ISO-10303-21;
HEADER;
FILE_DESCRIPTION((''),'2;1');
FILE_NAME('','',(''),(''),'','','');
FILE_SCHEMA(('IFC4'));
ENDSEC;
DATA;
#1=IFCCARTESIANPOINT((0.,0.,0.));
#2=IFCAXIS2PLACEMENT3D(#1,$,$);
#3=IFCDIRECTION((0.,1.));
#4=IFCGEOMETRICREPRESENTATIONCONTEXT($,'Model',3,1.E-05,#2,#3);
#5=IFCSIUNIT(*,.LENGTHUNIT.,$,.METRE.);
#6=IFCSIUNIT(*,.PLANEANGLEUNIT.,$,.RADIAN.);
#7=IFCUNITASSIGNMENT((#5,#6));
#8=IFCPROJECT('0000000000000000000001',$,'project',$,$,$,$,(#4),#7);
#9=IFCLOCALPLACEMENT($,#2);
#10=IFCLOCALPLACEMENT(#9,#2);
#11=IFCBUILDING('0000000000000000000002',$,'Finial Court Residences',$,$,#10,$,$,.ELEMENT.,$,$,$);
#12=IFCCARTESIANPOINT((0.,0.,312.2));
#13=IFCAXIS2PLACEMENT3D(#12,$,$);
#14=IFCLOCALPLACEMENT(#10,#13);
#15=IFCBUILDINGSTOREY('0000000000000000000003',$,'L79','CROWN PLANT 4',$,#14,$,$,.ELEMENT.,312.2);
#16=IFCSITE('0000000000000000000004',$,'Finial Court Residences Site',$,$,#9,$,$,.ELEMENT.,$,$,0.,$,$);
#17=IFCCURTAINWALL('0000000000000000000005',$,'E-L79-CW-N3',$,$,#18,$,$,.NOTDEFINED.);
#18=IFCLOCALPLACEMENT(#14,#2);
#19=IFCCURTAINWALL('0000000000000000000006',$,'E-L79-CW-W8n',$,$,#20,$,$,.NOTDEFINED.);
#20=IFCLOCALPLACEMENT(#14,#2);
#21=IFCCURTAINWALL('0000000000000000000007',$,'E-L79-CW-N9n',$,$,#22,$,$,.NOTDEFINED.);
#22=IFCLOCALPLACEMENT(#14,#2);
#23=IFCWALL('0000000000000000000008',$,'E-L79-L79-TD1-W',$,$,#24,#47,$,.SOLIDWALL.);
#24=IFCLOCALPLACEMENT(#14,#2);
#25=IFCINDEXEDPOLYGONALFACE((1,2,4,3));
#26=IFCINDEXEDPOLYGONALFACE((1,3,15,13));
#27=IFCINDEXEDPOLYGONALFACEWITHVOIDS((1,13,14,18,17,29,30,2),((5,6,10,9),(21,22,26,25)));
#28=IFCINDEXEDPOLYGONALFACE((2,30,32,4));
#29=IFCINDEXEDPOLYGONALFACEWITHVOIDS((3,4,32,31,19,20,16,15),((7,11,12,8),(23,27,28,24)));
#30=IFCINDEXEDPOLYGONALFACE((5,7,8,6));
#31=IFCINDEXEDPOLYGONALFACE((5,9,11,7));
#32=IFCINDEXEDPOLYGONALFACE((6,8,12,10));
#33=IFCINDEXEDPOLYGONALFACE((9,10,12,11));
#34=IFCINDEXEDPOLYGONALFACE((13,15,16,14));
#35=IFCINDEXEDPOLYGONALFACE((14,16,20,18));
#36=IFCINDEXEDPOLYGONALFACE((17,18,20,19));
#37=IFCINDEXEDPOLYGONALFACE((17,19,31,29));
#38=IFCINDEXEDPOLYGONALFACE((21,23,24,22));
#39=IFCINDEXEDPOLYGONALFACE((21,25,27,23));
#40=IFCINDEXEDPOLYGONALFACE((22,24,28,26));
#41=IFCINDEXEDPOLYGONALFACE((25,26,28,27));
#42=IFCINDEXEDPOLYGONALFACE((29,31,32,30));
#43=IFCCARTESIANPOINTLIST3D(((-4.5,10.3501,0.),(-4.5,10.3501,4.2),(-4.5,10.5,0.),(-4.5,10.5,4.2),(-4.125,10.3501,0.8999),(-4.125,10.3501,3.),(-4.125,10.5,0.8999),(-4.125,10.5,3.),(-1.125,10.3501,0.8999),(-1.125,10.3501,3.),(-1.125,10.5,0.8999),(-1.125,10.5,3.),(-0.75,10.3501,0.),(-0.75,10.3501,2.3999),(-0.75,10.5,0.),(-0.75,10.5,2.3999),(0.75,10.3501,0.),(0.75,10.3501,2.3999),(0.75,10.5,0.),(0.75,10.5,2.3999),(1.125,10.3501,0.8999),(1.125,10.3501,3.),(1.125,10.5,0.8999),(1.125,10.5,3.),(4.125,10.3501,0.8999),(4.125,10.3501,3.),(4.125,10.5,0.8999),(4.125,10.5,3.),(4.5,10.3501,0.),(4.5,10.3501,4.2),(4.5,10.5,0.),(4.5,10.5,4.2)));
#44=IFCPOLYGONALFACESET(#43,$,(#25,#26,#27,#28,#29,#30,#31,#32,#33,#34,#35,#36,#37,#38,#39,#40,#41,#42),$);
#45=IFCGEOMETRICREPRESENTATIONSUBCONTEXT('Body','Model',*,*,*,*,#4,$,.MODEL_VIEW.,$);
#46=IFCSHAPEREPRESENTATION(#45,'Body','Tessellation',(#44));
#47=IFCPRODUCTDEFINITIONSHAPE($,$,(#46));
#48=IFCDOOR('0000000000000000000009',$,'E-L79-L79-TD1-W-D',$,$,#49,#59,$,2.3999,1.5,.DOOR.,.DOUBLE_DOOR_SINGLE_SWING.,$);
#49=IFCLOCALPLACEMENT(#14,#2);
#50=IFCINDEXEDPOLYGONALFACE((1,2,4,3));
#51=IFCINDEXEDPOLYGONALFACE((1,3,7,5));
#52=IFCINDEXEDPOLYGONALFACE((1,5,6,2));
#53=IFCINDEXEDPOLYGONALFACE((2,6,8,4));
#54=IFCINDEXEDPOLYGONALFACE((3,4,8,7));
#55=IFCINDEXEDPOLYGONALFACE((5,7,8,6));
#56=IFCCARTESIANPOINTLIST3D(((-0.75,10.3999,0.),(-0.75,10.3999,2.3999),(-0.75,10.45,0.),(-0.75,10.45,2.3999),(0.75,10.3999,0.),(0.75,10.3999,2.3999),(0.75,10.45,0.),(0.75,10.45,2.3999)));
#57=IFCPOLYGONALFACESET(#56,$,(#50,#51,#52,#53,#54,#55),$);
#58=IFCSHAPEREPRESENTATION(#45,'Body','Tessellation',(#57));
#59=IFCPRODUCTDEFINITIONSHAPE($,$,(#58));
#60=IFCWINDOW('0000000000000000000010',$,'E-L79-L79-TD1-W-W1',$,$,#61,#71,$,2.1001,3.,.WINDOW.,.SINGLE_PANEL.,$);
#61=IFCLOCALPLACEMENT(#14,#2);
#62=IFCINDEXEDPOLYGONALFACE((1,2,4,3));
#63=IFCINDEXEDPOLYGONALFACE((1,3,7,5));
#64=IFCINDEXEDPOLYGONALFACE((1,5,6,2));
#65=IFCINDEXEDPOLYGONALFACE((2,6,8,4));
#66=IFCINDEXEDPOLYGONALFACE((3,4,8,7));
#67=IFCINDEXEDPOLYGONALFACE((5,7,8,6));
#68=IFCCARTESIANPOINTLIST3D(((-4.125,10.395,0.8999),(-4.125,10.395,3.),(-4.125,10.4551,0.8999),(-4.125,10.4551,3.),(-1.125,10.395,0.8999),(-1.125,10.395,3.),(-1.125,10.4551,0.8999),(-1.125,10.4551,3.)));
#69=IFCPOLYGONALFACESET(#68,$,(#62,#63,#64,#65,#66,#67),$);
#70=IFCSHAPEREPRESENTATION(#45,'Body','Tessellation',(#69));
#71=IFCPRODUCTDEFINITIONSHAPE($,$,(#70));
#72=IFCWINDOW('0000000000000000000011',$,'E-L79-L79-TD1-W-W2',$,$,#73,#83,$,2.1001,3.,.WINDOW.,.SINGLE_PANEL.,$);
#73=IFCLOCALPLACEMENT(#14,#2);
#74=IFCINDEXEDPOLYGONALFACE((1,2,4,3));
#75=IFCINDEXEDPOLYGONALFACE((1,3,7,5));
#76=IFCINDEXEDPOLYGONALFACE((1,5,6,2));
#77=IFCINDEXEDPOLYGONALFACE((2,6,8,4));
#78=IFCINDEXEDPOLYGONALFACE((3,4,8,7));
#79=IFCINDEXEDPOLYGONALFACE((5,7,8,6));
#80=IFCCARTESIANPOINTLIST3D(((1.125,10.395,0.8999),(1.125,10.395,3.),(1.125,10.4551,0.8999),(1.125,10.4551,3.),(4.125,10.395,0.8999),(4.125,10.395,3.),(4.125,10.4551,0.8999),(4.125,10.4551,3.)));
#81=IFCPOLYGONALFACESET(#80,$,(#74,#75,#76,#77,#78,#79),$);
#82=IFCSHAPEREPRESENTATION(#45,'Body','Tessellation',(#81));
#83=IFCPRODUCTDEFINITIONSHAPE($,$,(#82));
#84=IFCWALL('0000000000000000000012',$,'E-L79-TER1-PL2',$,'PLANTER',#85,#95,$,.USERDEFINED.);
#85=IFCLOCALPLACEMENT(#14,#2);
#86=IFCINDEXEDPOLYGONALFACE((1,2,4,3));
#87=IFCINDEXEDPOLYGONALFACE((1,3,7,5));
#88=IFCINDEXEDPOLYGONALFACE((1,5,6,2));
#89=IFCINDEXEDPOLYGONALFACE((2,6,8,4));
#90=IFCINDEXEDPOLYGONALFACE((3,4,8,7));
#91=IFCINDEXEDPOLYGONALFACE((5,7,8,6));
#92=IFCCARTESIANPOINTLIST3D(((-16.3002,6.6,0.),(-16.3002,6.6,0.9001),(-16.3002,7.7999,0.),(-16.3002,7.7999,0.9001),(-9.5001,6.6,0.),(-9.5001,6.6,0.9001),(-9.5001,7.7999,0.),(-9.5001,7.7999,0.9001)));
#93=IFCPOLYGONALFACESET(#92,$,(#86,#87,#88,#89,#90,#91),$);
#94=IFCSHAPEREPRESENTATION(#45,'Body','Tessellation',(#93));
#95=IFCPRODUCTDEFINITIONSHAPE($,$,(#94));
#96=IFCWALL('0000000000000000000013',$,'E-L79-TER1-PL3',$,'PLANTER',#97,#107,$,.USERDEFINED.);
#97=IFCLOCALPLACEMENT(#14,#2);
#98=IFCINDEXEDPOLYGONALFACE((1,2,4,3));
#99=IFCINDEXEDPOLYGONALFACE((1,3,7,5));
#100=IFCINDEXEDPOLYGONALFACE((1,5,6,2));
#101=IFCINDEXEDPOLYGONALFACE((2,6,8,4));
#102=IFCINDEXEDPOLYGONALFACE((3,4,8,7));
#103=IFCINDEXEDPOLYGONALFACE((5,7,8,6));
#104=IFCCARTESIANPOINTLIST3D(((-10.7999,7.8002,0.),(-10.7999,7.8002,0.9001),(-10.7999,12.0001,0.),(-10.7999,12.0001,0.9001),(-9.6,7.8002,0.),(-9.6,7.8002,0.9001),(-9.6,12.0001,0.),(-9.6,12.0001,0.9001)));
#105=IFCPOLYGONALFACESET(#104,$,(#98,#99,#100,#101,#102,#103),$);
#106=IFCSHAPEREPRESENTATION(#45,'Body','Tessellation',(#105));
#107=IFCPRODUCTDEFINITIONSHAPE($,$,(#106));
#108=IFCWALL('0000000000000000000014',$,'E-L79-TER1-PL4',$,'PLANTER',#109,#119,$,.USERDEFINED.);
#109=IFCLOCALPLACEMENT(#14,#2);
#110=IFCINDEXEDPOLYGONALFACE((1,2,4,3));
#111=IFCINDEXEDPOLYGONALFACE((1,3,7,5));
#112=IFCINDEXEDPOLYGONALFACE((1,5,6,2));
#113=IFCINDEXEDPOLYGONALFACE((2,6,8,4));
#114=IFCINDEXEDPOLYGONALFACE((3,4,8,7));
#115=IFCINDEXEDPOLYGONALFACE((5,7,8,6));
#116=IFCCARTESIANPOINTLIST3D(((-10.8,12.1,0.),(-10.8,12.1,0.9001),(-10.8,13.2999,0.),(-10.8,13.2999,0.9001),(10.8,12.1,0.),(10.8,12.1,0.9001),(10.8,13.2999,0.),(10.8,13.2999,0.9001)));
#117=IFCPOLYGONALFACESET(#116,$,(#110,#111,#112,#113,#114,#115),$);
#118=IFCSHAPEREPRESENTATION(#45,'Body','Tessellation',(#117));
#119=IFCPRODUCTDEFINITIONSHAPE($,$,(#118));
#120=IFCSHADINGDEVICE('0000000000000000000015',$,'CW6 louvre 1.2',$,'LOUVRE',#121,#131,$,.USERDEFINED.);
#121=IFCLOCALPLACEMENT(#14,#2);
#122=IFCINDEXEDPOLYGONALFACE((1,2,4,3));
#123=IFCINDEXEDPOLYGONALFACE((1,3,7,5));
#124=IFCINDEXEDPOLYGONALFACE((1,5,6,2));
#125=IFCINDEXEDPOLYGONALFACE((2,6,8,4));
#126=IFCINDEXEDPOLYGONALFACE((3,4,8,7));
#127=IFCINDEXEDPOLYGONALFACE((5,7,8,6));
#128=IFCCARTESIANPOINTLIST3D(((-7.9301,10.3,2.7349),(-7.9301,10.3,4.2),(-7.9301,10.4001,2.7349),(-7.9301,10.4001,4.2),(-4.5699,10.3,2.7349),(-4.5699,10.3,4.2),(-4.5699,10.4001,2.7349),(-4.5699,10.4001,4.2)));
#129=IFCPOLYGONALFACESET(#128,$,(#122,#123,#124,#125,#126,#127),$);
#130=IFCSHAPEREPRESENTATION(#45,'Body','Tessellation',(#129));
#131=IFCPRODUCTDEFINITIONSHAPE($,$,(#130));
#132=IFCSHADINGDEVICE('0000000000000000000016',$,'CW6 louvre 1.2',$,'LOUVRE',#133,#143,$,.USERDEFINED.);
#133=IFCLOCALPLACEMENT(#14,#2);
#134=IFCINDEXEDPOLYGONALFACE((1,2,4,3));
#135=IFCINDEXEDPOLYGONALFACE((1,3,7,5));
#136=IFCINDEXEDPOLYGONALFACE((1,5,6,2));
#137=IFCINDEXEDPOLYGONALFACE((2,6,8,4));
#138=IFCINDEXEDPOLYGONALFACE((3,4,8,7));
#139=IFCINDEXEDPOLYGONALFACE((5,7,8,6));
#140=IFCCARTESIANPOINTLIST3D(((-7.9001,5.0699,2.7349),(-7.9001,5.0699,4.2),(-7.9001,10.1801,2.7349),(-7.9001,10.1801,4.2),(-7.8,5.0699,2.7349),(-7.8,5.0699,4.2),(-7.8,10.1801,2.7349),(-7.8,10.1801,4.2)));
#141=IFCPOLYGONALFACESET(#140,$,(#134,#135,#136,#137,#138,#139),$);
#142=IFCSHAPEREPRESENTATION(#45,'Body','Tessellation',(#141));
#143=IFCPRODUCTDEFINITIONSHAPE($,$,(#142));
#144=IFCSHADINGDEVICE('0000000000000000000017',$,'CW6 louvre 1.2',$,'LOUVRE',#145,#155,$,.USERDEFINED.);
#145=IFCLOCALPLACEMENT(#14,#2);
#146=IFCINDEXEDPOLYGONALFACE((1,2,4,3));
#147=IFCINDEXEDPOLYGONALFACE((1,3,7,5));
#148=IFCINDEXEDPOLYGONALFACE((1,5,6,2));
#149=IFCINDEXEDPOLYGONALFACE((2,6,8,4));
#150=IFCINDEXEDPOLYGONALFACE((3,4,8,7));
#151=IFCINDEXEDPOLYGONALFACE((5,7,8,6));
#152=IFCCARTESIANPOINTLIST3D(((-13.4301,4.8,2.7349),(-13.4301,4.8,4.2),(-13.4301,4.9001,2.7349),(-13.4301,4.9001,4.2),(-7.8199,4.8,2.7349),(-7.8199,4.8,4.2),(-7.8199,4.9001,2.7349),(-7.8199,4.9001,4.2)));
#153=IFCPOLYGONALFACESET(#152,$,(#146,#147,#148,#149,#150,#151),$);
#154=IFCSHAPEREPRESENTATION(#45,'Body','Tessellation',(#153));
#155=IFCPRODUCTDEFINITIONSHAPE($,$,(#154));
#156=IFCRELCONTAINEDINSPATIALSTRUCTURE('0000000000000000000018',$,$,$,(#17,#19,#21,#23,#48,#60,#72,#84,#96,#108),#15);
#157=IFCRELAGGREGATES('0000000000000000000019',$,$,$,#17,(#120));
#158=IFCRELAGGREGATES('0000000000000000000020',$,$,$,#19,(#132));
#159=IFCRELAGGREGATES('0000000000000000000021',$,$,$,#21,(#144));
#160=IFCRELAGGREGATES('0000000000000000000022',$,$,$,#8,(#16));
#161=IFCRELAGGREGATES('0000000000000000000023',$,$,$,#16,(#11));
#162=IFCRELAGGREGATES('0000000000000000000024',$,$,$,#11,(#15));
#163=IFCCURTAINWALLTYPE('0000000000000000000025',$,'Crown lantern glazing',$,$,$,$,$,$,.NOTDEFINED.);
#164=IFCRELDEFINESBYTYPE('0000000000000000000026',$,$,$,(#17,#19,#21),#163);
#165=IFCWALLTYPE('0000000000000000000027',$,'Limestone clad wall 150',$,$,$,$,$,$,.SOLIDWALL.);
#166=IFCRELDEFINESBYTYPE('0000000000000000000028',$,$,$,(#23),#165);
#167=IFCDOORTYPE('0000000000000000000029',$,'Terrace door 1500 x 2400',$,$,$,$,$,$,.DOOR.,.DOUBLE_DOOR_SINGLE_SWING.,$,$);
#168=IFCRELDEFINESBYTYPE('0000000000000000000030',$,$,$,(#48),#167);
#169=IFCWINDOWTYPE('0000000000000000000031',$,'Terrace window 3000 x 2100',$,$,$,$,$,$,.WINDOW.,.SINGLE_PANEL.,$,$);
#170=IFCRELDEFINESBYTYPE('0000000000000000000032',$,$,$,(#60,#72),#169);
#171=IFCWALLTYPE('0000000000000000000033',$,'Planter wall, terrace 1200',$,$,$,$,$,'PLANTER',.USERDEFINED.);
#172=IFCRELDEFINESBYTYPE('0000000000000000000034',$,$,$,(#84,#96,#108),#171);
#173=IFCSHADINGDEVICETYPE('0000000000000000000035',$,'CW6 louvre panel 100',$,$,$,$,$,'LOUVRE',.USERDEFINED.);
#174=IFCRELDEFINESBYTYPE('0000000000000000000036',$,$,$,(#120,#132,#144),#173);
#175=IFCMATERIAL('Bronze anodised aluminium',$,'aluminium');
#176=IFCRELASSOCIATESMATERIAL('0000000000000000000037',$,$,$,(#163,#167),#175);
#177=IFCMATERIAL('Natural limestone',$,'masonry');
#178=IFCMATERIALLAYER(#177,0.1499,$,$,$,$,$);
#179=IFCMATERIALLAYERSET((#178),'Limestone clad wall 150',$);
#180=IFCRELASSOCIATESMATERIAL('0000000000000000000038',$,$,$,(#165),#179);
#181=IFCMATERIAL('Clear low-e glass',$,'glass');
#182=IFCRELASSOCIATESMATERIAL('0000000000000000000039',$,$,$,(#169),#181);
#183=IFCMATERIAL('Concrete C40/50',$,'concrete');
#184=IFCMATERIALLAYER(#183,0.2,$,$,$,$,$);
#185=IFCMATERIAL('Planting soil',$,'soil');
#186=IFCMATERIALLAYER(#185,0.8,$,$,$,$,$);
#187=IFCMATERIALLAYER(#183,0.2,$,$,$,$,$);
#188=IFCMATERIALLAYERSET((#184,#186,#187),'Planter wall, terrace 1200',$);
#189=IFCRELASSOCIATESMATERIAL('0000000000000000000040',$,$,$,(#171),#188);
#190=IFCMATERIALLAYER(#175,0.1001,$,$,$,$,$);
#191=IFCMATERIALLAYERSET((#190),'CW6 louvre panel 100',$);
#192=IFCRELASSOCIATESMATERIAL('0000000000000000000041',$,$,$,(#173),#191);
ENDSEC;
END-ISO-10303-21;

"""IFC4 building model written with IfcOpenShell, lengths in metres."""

from ifc_helpers import new_model, si_unit, direction, frame, frame_2d, origin, origin_2d, place, context, subcontext, project, spatial, rectangle, extrude, material, layer, layer_set, type_object, element, fill, aggregate, save


model = new_model("IFC4")

# Units and contexts
model_context = context("Model", 3, precision=1e-05, world=origin(), true_north=direction((0.0, 1.0)))
body_context = subcontext(model_context, "Body", "Model", "MODEL_VIEW")
ifc_project = project(units=[si_unit("LENGTHUNIT", "METRE"), si_unit("PLANEANGLEUNIT", "RADIAN")], contexts=[model_context])

# Site, building, storey
site_placement = place(None, origin())
site = spatial("IfcSite", under=ifc_project, at=site_placement, Name="Finial Court Residences Site", CompositionType="ELEMENT", RefElevation=0.0)
building_placement = place(site_placement, origin())
building = spatial("IfcBuilding", under=site, at=building_placement, Name="Finial Court Residences", CompositionType="ELEMENT")
storey_placement = place(building_placement, frame((0.0, 0.0, 312.2)))
storey = spatial("IfcBuildingStorey", under=building, at=storey_placement, Name="L79", Description="CROWN PLANT 4", CompositionType="ELEMENT", Elevation=312.2)

# Shared definitions
ifc_material_1 = material(Name="Concrete C40/50", Category="concrete")

# Curtain walls
ifc_material_2 = material(Name="Bronze anodised aluminium", Category="aluminium")
curtain_wall_type = type_object("IfcCurtainWallType", Name="Crown lantern glazing", PredefinedType="NOTDEFINED", material=ifc_material_2)
curtain_wall_1_placement = place(storey_placement, origin())
curtain_wall_1 = element("IfcCurtainWall", 1, at=curtain_wall_1_placement, inside=storey, type_object=curtain_wall_type, Name="E-L79-CW-N3", PredefinedType="NOTDEFINED")
curtain_wall_2_placement = place(storey_placement, origin())
curtain_wall_2 = element("IfcCurtainWall", 2, at=curtain_wall_2_placement, inside=storey, type_object=curtain_wall_type, Name="E-L79-CW-W8n", PredefinedType="NOTDEFINED")

# Curtain wall
curtain_wall_3_placement = place(storey_placement, origin())
curtain_wall_3 = element("IfcCurtainWall", 3, at=curtain_wall_3_placement, inside=storey, type_object=curtain_wall_type, Name="E-L79-CW-N9n", PredefinedType="NOTDEFINED")

# Shared definitions
ifc_material_3 = material(Name="Clear low-e glass", Category="glass")

# Wall, openings, door, windows
ifc_material_4 = material(Name="Natural limestone", Category="masonry")
ifc_layer_1 = layer(ifc_material_4, 0.1499)
ifc_layer_set_1 = layer_set([ifc_layer_1], Name="Limestone clad wall 150")
wall_type_1 = type_object("IfcWallType", Name="Limestone clad wall 150", PredefinedType="SOLIDWALL", material=ifc_layer_set_1)
wall_1_placement = place(storey_placement, frame((-4.5, 10.425, 0.0), z_axis=(0.0, 0.0, 1.0), x_axis=(1.0, 0.0, 0.0)))
wall_1 = element("IfcWall", 4, at=wall_1_placement, inside=storey, type_object=wall_type_1, Name="E-L79-L79-TD1-W", PredefinedType="SOLIDWALL", context=body_context, shape_type="SweptSolid", body=[
    extrude(rectangle(XDim=9.0, YDim=0.1499, at=frame_2d((4.5, 0.0))), origin(), (0.0, 0.0, 1.0), 4.2),
])
opening_1_placement = place(wall_1_placement, frame((3.75, 0.0, 0.0)))
opening_1 = element("IfcOpeningElement", 5, at=opening_1_placement, cuts=wall_1, PredefinedType="OPENING", context=body_context, shape_type="SweptSolid", body=[
    extrude(rectangle(XDim=1.5, YDim=2.3999, at=frame_2d((0.75, 1.2))), frame((0.0, 0.085, 0.0), z_axis=(0.0, -1.0, 0.0), x_axis=(1.0, 0.0, 0.0)), (0.0, 0.0, 1.0), 0.1699),
])
opening_2_placement = place(wall_1_placement, frame((0.375, 0.0, 0.8999)))
opening_2 = element("IfcOpeningElement", 6, at=opening_2_placement, cuts=wall_1, PredefinedType="OPENING", context=body_context, shape_type="SweptSolid", body=[
    extrude(rectangle(XDim=3.0, YDim=2.1001, at=frame_2d((1.5, 1.05))), frame((0.0, 0.085, 0.0), z_axis=(0.0, -1.0, 0.0), x_axis=(1.0, 0.0, 0.0)), (0.0, 0.0, 1.0), 0.1699),
])
opening_3_placement = place(wall_1_placement, frame((5.625, 0.0, 0.8999)))
opening_3 = element("IfcOpeningElement", 7, at=opening_3_placement, cuts=wall_1, PredefinedType="OPENING", context=body_context, shape_type="SweptSolid", body=[
    extrude(rectangle(XDim=3.0, YDim=2.1001, at=frame_2d((1.5, 1.05))), frame((0.0, 0.085, 0.0), z_axis=(0.0, -1.0, 0.0), x_axis=(1.0, 0.0, 0.0)), (0.0, 0.0, 1.0), 0.1699),
])
door_type = type_object("IfcDoorType", Name="Terrace door 1500 x 2400", OperationType="DOUBLE_DOOR_SINGLE_SWING", PredefinedType="DOOR", material=ifc_material_2)
door_placement = place(opening_1_placement, origin())
door = element("IfcDoor", 8, at=door_placement, inside=storey, type_object=door_type, Name="E-L79-L79-TD1-W-D", OperationType="DOUBLE_DOOR_SINGLE_SWING", OverallHeight=2.3999, OverallWidth=1.5, PredefinedType="DOOR", context=body_context, shape_type="SweptSolid", body=[
    extrude(rectangle(XDim=1.5, YDim=2.3999, at=frame_2d((0.75, 1.2))), frame((0.0, 0.0249, 0.0), z_axis=(0.0, -1.0, 0.0), x_axis=(1.0, 0.0, 0.0)), (0.0, 0.0, 1.0), 0.05),
])
fill(opening_1, door)
window_type = type_object("IfcWindowType", Name="Terrace window 3000 x 2100", PartitioningType="SINGLE_PANEL", PredefinedType="WINDOW", material=ifc_material_3)
window_1_placement = place(opening_2_placement, origin())
window_1 = element("IfcWindow", 9, at=window_1_placement, inside=storey, type_object=window_type, Name="E-L79-L79-TD1-W-W1", OverallHeight=2.1001, OverallWidth=3.0, PartitioningType="SINGLE_PANEL", PredefinedType="WINDOW", context=body_context, shape_type="SweptSolid", body=[
    extrude(rectangle(XDim=3.0, YDim=2.1001, at=frame_2d((1.5, 1.05))), frame((0.0, 0.03, 0.0), z_axis=(0.0, -1.0, 0.0), x_axis=(1.0, 0.0, 0.0)), (0.0, 0.0, 1.0), 0.0601),
])
fill(opening_2, window_1)
window_2_placement = place(opening_3_placement, origin())
window_2 = element("IfcWindow", 10, at=window_2_placement, inside=storey, type_object=window_type, Name="E-L79-L79-TD1-W-W2", OverallHeight=2.1001, OverallWidth=3.0, PartitioningType="SINGLE_PANEL", PredefinedType="WINDOW", context=body_context, shape_type="SweptSolid", body=[
    extrude(rectangle(XDim=3.0, YDim=2.1001, at=frame_2d((1.5, 1.05))), frame((0.0, 0.03, 0.0), z_axis=(0.0, -1.0, 0.0), x_axis=(1.0, 0.0, 0.0)), (0.0, 0.0, 1.0), 0.0601),
])
fill(opening_3, window_2)

# Walls
ifc_layer_2 = layer(ifc_material_1, 0.2)
ifc_material_5 = material(Name="Planting soil", Category="soil")
ifc_layer_3 = layer(ifc_material_5, 0.8)
ifc_layer_4 = layer(ifc_material_1, 0.2)
ifc_layer_set_2 = layer_set([ifc_layer_2, ifc_layer_3, ifc_layer_4], Name="Planter wall, terrace 1200")
wall_type_2 = type_object("IfcWallType", Name="Planter wall, terrace 1200", ElementType="PLANTER", PredefinedType="USERDEFINED", material=ifc_layer_set_2)
wall_2_placement = place(storey_placement, frame((-16.3, 7.2, 0.0), z_axis=(0.0, 0.0, 1.0), x_axis=(1.0, 0.0, 0.0)))
element("IfcWall", 11, at=wall_2_placement, inside=storey, type_object=wall_type_2, Name="E-L79-TER1-PL2", ObjectType="PLANTER", PredefinedType="USERDEFINED", context=body_context, shape_type="SweptSolid", body=[
    extrude(rectangle(XDim=6.8, YDim=1.2, at=frame_2d((3.3999, 0.0))), origin(), (0.0, 0.0, 1.0), 0.9001),
])
wall_3_placement = place(storey_placement, frame((-10.2, 7.8, 0.0), z_axis=(0.0, 0.0, 1.0), x_axis=(0.0, 1.0, 0.0)))
element("IfcWall", 12, at=wall_3_placement, inside=storey, type_object=wall_type_2, Name="E-L79-TER1-PL3", ObjectType="PLANTER", PredefinedType="USERDEFINED", context=body_context, shape_type="SweptSolid", body=[
    extrude(rectangle(XDim=4.2, YDim=1.2, at=frame_2d((2.1001, 0.0))), origin(), (0.0, 0.0, 1.0), 0.9001),
])
wall_4_placement = place(storey_placement, frame((-10.8, 12.7, 0.0), z_axis=(0.0, 0.0, 1.0), x_axis=(1.0, 0.0, 0.0)))
element("IfcWall", 13, at=wall_4_placement, inside=storey, type_object=wall_type_2, Name="E-L79-TER1-PL4", ObjectType="PLANTER", PredefinedType="USERDEFINED", context=body_context, shape_type="SweptSolid", body=[
    extrude(rectangle(XDim=21.6001, YDim=1.2, at=frame_2d((10.8, 0.0))), origin(), (0.0, 0.0, 1.0), 0.9001),
])

# Shading devices
ifc_layer_5 = layer(ifc_material_2, 0.1001)
ifc_layer_set_3 = layer_set([ifc_layer_5], Name="CW6 louvre panel 100")
shading_device_type = type_object("IfcShadingDeviceType", Name="CW6 louvre panel 100", ElementType="LOUVRE", PredefinedType="USERDEFINED", material=ifc_layer_set_3)
shading_device_1_placement = place(storey_placement, frame((-6.25, 10.3501, 2.7349), z_axis=(0.0, 0.0, 1.0), x_axis=(1.0, 0.0, 0.0)))
shading_device_1 = element("IfcShadingDevice", 14, at=shading_device_1_placement, type_object=shading_device_type, Name="CW6 louvre 1.2", ObjectType="LOUVRE", PredefinedType="USERDEFINED", context=body_context, shape_type="SweptSolid", body=[
    extrude(rectangle(XDim=3.3601, YDim=0.1001, at=origin_2d()), origin(), (0.0, 0.0, 1.0), 1.4651),
])
aggregate(curtain_wall_1, [shading_device_1])
shading_device_2_placement = place(storey_placement, frame((-7.8501, 7.625, 2.7349), z_axis=(0.0, 0.0, 1.0), x_axis=(0.0, 1.0, 0.0)))
shading_device_2 = element("IfcShadingDevice", 15, at=shading_device_2_placement, type_object=shading_device_type, Name="CW6 louvre 1.2", ObjectType="LOUVRE", PredefinedType="USERDEFINED", context=body_context, shape_type="SweptSolid", body=[
    extrude(rectangle(XDim=5.1101, YDim=0.1001, at=origin_2d()), origin(), (0.0, 0.0, 1.0), 1.4651),
])
aggregate(curtain_wall_2, [shading_device_2])
shading_device_3_placement = place(storey_placement, frame((-10.625, 4.8501, 2.7349), z_axis=(0.0, 0.0, 1.0), x_axis=(1.0, 0.0, 0.0)))
shading_device_3 = element("IfcShadingDevice", 16, at=shading_device_3_placement, type_object=shading_device_type, Name="CW6 louvre 1.2", ObjectType="LOUVRE", PredefinedType="USERDEFINED", context=body_context, shape_type="SweptSolid", body=[
    extrude(rectangle(XDim=5.6101, YDim=0.1001, at=origin_2d()), origin(), (0.0, 0.0, 1.0), 1.4651),
])
aggregate(curtain_wall_3, [shading_device_3])

save(model, "model.ifc")
